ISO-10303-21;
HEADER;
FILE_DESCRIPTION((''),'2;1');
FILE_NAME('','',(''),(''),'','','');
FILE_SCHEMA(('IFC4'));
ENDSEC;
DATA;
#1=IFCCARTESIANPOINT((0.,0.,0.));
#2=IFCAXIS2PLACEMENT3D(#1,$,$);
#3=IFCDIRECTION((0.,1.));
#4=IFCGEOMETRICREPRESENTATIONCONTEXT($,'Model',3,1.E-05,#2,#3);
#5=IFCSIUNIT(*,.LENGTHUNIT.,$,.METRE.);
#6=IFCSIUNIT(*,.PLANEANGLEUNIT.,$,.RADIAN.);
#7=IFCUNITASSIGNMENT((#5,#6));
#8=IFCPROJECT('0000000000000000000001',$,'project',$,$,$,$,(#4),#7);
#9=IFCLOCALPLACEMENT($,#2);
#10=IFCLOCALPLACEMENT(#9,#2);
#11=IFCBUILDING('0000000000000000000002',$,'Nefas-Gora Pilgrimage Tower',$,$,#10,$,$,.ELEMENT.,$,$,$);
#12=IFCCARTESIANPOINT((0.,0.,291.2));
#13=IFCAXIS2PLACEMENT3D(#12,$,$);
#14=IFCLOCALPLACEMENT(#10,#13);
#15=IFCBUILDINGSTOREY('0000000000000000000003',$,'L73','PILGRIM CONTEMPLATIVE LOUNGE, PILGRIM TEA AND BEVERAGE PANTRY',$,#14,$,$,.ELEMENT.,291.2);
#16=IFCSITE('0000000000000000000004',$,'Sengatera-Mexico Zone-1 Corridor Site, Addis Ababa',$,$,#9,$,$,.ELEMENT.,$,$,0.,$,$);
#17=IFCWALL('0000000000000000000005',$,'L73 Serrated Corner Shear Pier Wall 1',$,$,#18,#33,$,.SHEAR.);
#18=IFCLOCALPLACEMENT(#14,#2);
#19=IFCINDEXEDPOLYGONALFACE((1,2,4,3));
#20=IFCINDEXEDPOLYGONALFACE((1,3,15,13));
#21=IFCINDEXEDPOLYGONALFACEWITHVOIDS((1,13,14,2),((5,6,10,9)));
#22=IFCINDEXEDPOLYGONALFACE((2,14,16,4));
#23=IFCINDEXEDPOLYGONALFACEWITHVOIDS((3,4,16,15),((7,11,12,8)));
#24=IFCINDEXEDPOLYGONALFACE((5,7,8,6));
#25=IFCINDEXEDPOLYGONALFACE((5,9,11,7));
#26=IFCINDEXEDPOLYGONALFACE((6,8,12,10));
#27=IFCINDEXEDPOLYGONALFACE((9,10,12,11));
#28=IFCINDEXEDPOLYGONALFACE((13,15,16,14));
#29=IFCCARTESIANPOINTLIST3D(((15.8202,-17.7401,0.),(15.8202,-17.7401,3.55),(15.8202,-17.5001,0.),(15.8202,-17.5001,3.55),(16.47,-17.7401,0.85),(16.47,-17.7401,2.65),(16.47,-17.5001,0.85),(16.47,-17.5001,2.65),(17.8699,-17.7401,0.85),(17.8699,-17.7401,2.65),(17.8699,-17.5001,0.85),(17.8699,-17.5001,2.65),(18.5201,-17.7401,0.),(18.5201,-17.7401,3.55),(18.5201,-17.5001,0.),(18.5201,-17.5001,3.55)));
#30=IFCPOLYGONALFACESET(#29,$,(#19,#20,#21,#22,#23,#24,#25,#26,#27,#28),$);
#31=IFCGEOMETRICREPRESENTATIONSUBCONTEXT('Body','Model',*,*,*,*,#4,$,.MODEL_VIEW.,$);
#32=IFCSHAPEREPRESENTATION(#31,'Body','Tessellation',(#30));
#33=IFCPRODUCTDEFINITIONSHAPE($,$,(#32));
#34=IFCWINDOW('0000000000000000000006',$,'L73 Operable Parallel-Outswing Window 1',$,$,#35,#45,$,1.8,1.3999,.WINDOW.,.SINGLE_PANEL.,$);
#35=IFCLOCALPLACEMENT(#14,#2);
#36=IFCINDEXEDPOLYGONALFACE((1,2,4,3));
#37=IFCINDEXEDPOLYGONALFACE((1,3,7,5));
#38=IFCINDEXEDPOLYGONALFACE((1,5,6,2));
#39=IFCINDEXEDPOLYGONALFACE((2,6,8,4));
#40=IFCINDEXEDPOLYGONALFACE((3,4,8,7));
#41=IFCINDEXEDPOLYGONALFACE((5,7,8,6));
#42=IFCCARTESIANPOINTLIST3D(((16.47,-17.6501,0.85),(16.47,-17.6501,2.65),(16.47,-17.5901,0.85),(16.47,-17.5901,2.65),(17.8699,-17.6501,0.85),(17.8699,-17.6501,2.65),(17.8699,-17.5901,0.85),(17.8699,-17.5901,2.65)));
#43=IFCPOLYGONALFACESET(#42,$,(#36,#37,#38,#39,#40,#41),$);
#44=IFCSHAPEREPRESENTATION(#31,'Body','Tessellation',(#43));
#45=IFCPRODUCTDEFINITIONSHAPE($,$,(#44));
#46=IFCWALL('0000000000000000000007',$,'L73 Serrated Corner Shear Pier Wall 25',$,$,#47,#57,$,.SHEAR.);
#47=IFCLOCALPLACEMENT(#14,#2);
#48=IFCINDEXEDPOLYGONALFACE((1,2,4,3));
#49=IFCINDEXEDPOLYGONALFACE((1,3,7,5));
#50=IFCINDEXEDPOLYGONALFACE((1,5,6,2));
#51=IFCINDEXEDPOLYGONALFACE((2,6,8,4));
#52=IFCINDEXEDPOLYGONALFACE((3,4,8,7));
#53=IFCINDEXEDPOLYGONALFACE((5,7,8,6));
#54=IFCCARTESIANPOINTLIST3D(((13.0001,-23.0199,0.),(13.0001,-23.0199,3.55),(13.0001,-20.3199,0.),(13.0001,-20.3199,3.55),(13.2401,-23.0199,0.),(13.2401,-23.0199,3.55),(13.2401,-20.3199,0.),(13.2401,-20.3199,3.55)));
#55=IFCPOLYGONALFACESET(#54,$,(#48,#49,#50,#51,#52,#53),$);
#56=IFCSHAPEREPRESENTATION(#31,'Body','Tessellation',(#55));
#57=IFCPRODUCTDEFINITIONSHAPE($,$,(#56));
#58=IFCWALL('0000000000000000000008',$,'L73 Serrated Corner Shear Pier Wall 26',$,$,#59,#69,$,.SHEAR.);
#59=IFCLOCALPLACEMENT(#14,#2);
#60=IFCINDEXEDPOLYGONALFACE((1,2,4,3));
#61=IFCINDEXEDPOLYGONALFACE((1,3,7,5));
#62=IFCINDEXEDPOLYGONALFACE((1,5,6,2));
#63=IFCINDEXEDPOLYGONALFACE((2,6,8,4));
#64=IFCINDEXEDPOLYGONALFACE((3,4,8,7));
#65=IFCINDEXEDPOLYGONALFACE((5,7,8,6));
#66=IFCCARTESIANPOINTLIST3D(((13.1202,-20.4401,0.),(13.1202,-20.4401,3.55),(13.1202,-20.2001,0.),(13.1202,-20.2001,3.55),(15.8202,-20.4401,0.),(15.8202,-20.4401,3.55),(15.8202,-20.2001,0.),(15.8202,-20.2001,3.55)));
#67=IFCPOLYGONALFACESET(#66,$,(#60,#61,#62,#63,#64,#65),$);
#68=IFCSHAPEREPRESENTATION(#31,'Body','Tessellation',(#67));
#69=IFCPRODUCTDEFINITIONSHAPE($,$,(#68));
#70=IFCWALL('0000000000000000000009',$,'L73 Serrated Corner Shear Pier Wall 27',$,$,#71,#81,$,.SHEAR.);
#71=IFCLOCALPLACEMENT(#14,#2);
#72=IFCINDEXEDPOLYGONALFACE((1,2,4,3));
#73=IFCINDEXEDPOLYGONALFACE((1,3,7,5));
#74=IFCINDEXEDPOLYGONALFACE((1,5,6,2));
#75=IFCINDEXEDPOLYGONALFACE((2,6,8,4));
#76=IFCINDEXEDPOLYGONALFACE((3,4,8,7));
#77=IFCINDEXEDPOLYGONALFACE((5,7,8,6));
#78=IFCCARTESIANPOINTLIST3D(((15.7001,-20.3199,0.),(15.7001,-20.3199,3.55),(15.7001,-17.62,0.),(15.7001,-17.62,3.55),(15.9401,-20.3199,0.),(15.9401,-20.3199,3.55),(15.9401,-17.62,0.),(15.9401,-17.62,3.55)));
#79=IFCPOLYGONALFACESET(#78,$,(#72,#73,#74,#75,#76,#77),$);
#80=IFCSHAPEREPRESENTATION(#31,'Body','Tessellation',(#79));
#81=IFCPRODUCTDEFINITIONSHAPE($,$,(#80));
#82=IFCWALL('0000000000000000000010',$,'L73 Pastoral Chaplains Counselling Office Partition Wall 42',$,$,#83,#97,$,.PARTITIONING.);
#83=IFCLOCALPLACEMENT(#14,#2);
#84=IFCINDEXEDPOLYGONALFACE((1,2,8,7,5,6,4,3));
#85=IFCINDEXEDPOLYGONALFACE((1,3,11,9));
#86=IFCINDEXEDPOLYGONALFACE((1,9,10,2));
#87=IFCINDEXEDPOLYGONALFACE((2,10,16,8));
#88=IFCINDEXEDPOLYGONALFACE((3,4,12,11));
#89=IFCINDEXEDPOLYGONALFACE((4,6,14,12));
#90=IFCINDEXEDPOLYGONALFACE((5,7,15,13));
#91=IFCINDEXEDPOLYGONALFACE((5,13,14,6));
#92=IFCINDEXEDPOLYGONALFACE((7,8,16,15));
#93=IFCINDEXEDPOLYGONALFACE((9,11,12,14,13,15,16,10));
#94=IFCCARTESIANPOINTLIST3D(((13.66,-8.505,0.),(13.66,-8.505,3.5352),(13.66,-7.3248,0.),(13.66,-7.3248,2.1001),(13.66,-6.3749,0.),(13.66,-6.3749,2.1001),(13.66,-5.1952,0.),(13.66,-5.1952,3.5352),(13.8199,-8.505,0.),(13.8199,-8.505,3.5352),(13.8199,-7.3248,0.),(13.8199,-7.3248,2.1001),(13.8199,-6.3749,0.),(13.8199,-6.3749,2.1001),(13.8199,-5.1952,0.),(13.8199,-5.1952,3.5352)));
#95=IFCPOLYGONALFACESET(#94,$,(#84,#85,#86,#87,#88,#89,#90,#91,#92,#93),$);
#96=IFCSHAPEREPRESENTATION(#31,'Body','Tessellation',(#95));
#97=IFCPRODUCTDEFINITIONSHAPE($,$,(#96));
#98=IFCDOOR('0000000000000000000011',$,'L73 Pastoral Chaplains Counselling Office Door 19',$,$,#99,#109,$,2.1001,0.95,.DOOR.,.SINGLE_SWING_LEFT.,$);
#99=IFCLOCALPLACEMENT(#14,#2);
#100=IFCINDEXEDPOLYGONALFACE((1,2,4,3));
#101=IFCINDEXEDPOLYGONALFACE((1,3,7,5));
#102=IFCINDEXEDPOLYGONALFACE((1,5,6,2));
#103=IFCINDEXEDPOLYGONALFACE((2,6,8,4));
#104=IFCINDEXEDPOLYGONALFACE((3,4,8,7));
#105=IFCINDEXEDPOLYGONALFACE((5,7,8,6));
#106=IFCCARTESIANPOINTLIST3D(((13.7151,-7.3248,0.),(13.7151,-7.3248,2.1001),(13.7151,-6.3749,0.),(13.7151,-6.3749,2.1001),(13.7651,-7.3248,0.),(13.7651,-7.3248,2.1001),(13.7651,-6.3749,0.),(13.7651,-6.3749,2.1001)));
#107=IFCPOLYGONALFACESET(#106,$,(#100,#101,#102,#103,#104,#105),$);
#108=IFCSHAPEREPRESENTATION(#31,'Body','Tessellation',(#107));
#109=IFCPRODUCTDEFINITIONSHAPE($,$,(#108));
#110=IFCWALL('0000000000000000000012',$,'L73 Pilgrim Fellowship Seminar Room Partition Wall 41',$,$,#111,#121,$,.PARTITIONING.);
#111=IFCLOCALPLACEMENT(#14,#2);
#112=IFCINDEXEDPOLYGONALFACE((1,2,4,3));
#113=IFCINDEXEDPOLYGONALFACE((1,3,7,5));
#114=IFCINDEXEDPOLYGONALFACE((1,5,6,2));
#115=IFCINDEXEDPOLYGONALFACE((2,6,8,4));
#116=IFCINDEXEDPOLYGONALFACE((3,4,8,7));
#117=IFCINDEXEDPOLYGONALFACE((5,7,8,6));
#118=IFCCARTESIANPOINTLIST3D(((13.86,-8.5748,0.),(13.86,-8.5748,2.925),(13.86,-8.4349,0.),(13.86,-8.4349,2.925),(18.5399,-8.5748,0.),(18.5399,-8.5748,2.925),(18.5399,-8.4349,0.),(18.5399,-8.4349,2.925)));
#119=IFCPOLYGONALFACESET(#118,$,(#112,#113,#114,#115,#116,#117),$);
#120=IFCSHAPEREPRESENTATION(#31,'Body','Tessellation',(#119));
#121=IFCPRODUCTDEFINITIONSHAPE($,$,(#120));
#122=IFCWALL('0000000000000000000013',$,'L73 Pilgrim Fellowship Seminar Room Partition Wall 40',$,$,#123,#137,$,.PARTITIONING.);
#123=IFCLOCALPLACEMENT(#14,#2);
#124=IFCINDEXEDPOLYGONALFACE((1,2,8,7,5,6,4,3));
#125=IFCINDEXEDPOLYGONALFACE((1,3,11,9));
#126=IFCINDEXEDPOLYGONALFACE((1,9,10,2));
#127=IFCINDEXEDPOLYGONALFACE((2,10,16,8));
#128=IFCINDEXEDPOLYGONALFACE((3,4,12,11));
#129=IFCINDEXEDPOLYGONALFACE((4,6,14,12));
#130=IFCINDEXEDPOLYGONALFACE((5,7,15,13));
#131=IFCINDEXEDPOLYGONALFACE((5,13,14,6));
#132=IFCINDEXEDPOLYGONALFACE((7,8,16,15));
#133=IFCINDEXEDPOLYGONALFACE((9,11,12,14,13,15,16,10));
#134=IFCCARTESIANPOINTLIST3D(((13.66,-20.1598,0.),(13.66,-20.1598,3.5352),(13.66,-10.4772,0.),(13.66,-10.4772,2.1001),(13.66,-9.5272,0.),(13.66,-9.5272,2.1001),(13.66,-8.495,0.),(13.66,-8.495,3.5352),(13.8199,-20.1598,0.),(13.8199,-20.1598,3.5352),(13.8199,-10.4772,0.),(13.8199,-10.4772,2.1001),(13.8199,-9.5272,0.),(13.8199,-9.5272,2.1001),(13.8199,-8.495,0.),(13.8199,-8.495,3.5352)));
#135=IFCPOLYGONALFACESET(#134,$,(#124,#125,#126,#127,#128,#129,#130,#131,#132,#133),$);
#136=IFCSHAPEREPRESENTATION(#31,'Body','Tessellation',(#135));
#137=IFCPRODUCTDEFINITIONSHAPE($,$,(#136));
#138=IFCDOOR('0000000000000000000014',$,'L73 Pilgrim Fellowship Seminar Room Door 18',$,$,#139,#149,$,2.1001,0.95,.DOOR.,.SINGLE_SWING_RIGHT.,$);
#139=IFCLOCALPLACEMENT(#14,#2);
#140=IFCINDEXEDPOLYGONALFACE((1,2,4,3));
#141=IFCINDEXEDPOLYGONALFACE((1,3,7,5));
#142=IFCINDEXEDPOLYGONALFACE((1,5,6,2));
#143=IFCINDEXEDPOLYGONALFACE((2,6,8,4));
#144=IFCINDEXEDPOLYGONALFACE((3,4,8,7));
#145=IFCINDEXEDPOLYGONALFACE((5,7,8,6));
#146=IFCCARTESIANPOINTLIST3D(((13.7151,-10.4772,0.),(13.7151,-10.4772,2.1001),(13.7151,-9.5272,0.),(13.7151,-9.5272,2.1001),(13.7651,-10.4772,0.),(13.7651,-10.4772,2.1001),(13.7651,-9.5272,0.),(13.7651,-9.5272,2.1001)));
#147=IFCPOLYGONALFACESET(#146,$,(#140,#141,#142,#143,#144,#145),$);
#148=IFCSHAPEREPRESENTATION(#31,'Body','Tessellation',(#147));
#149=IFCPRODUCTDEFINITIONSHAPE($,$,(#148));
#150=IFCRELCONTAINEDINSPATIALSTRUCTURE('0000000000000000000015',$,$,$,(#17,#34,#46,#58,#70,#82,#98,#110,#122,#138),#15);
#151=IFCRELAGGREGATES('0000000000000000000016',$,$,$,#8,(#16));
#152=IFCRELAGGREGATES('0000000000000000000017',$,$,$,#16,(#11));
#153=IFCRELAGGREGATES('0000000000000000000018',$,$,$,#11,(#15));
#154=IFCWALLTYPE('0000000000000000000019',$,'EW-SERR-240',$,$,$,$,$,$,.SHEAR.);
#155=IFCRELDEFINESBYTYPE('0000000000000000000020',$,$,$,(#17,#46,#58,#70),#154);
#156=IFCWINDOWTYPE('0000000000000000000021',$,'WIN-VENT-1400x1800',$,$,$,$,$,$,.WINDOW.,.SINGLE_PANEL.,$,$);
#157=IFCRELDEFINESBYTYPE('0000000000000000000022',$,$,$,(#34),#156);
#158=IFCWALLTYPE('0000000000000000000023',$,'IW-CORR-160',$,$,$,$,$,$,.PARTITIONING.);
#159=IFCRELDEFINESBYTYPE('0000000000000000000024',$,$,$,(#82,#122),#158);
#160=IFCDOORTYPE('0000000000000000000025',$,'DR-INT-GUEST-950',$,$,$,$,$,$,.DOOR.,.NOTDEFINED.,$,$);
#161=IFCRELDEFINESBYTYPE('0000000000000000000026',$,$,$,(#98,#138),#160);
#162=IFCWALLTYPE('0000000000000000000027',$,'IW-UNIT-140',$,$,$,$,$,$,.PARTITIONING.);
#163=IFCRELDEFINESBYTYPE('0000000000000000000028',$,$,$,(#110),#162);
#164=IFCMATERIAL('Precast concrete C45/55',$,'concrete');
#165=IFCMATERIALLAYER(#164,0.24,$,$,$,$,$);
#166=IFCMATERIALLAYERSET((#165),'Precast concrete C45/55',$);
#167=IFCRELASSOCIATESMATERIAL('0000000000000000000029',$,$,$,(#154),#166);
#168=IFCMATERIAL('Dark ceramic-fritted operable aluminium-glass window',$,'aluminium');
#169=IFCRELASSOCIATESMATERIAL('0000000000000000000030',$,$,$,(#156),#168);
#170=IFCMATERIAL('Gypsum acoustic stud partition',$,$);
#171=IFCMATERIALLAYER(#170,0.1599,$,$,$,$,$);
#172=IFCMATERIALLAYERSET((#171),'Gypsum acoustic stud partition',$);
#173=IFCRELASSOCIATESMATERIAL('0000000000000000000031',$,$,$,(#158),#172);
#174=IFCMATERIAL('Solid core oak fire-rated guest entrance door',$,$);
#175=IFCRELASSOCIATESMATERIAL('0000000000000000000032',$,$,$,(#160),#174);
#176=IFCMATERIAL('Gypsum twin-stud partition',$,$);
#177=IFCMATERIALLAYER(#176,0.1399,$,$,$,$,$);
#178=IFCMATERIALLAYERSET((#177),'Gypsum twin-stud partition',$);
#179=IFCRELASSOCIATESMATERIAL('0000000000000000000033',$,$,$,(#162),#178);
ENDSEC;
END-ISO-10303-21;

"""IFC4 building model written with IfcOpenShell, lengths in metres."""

from ifc_helpers import new_model, si_unit, direction, frame, frame_2d, origin, place, context, subcontext, project, spatial, rectangle, extrude, source, transform, mapped, material, layer, layer_set, type_object, element, fill, save


model = new_model("IFC4")

# Units and contexts
model_context = context("Model", 3, precision=1e-05, world=origin(), true_north=direction((0.0, 1.0)))
body_context = subcontext(model_context, "Body", "Model", "MODEL_VIEW")
ifc_project = project(units=[si_unit("LENGTHUNIT", "METRE"), si_unit("PLANEANGLEUNIT", "RADIAN")], contexts=[model_context])

# Site, building, storey
site_placement = place(None, origin())
site = spatial("IfcSite", under=ifc_project, at=site_placement, Name="Sengatera-Mexico Zone-1 Corridor Site, Addis Ababa", CompositionType="ELEMENT", RefElevation=0.0)
building_placement = place(site_placement, origin())
building = spatial("IfcBuilding", under=site, at=building_placement, Name="Nefas-Gora Pilgrimage Tower", CompositionType="ELEMENT")
storey_placement = place(building_placement, frame((0.0, 0.0, 291.2)))
storey = spatial("IfcBuildingStorey", under=building, at=storey_placement, Name="L73", Description="PILGRIM CONTEMPLATIVE LOUNGE, PILGRIM TEA AND BEVERAGE PANTRY", CompositionType="ELEMENT", Elevation=291.2)

# Wall, opening, window
ifc_material_1 = material(Name="Precast concrete C45/55", Category="concrete")
ifc_layer_1 = layer(ifc_material_1, 0.24)
ifc_layer_set_1 = layer_set([ifc_layer_1], Name="Precast concrete C45/55")
wall_type_1 = type_object("IfcWallType", Name="EW-SERR-240", PredefinedType="SHEAR", material=ifc_layer_set_1)
shared_shape_1 = source(origin(), body_context, "Body", "SweptSolid", [
    extrude(rectangle(XDim=2.7, YDim=0.24, at=frame_2d((1.3501, 0.0))), origin(), (0.0, 0.0, 1.0), 3.55),
])
wall_1_placement = place(storey_placement, frame((15.8201, -17.6201, 0.0), z_axis=(0.0, 0.0, 1.0), x_axis=(1.0, 0.0, 0.0)))
wall_1 = element("IfcWall", 1, at=wall_1_placement, inside=storey, type_object=wall_type_1, Name="L73 Serrated Corner Shear Pier Wall 1", PredefinedType="SHEAR", context=body_context, shape_type="MappedRepresentation", body=[
    mapped(shared_shape_1, transform((0.0, 0.0, 0.0), x_axis=(1.0, 0.0, 0.0), y_axis=(0.0, 1.0, 0.0), z_axis=(0.0, 0.0, 1.0), scale=1.0)),
])
opening_1_placement = place(wall_1_placement, frame((0.6499, 0.0, 0.8501)))
opening_1 = element("IfcOpeningElement", 2, at=opening_1_placement, cuts=wall_1, PredefinedType="OPENING", context=body_context, shape_type="SweptSolid", body=[
    extrude(rectangle(XDim=1.3999, YDim=1.8, at=frame_2d((0.7, 0.8999))), frame((0.0, 0.1299, 0.0), z_axis=(0.0, -1.0, 0.0), x_axis=(1.0, 0.0, 0.0)), (0.0, 0.0, 1.0), 0.26),
])
ifc_material_2 = material(Name="Dark ceramic-fritted operable aluminium-glass window", Category="aluminium")
window_type = type_object("IfcWindowType", Name="WIN-VENT-1400x1800", PartitioningType="SINGLE_PANEL", PredefinedType="WINDOW", material=ifc_material_2)
shared_shape_2 = source(origin(), body_context, "Body", "SweptSolid", [
    extrude(rectangle(XDim=1.3999, YDim=1.8, at=frame_2d((0.7, 0.8999))), frame((0.0, 0.03, 0.0), z_axis=(0.0, -1.0, 0.0), x_axis=(1.0, 0.0, 0.0)), (0.0, 0.0, 1.0), 0.0601),
])
window_placement = place(opening_1_placement, origin())
window = element("IfcWindow", 3, at=window_placement, inside=storey, type_object=window_type, Name="L73 Operable Parallel-Outswing Window 1", OverallHeight=1.8, OverallWidth=1.3999, PartitioningType="SINGLE_PANEL", PredefinedType="WINDOW", context=body_context, shape_type="MappedRepresentation", body=[
    mapped(shared_shape_2, transform((0.0, 0.0, 0.0), x_axis=(1.0, 0.0, 0.0), y_axis=(0.0, 1.0, 0.0), z_axis=(0.0, 0.0, 1.0), scale=1.0)),
])
fill(opening_1, window)

# Walls
for number, where, z_axis, x_axis, name in (
    (4, (13.1201, -23.02, 0.0), (0.0, 0.0, 1.0), (0.0, 1.0, 0.0), "L73 Serrated Corner Shear Pier Wall 25"),
    (5, (13.1201, -20.3201, 0.0), (0.0, 0.0, 1.0), (1.0, 0.0, 0.0), "L73 Serrated Corner Shear Pier Wall 26"),
    (6, (15.8201, -20.3201, 0.0), (0.0, 0.0, 1.0), (0.0, 1.0, 0.0), "L73 Serrated Corner Shear Pier Wall 27"),
):
    element("IfcWall", number, at=place(storey_placement, frame(where, z_axis=z_axis, x_axis=x_axis)), inside=storey, type_object=wall_type_1, Name=name, PredefinedType="SHEAR", context=body_context, shape_type="MappedRepresentation", body=[
        mapped(shared_shape_1, transform((0.0, 0.0, 0.0), x_axis=(1.0, 0.0, 0.0), y_axis=(0.0, 1.0, 0.0), z_axis=(0.0, 0.0, 1.0), scale=1.0)),
    ])

# Wall, opening, door
ifc_material_3 = material(Name="Gypsum acoustic stud partition")
ifc_layer_2 = layer(ifc_material_3, 0.1599)
ifc_layer_set_2 = layer_set([ifc_layer_2], Name="Gypsum acoustic stud partition")
wall_type_2 = type_object("IfcWallType", Name="IW-CORR-160", PredefinedType="PARTITIONING", material=ifc_layer_set_2)
shared_shape_3 = source(origin(), body_context, "Body", "SweptSolid", [
    extrude(rectangle(XDim=3.3098, YDim=0.1599, at=frame_2d((1.6548, 0.0))), origin(), (0.0, 0.0, 1.0), 3.5352),
])
wall_2_placement = place(storey_placement, frame((13.74, -8.5049, 0.0), z_axis=(0.0, 0.0, 1.0), x_axis=(0.0, 1.0, 0.0)))
wall_2 = element("IfcWall", 7, at=wall_2_placement, inside=storey, type_object=wall_type_2, Name="L73 Pastoral Chaplains Counselling Office Partition Wall 42", PredefinedType="PARTITIONING", context=body_context, shape_type="MappedRepresentation", body=[
    mapped(shared_shape_3, transform((0.0, 0.0, 0.0), x_axis=(1.0, 0.0, 0.0), y_axis=(0.0, 1.0, 0.0), z_axis=(0.0, 0.0, 1.0), scale=1.0)),
])
opening_2_placement = place(wall_2_placement, frame((1.1799, 0.0, 0.0)))
opening_2 = element("IfcOpeningElement", 8, at=opening_2_placement, cuts=wall_2, PredefinedType="OPENING", context=body_context, shape_type="SweptSolid", body=[
    extrude(rectangle(XDim=0.95, YDim=2.1001, at=frame_2d((0.4751, 1.05))), frame((0.0, 0.0898, 0.0), z_axis=(0.0, -1.0, 0.0), x_axis=(1.0, 0.0, 0.0)), (0.0, 0.0, 1.0), 0.1799),
])
ifc_material_4 = material(Name="Solid core oak fire-rated guest entrance door")
door_type = type_object("IfcDoorType", Name="DR-INT-GUEST-950", OperationType="NOTDEFINED", PredefinedType="DOOR", material=ifc_material_4)
shared_shape_4 = source(origin(), body_context, "Body", "SweptSolid", [
    extrude(rectangle(XDim=0.95, YDim=2.1001, at=frame_2d((0.4751, 1.05))), frame((0.0, 0.0249, 0.0), z_axis=(0.0, -1.0, 0.0), x_axis=(1.0, 0.0, 0.0)), (0.0, 0.0, 1.0), 0.05),
])
door_1_placement = place(opening_2_placement, origin())
door_1 = element("IfcDoor", 9, at=door_1_placement, inside=storey, type_object=door_type, Name="L73 Pastoral Chaplains Counselling Office Door 19", OperationType="SINGLE_SWING_LEFT", OverallHeight=2.1001, OverallWidth=0.95, PredefinedType="DOOR", context=body_context, shape_type="MappedRepresentation", body=[
    mapped(shared_shape_4, transform((0.0, 0.0, 0.0), x_axis=(1.0, 0.0, 0.0), y_axis=(0.0, 1.0, 0.0), z_axis=(0.0, 0.0, 1.0), scale=1.0)),
])
fill(opening_2, door_1)

# Wall
ifc_material_5 = material(Name="Gypsum twin-stud partition")
ifc_layer_3 = layer(ifc_material_5, 0.1399)
ifc_layer_set_3 = layer_set([ifc_layer_3], Name="Gypsum twin-stud partition")
wall_type_3 = type_object("IfcWallType", Name="IW-UNIT-140", PredefinedType="PARTITIONING", material=ifc_layer_set_3)
shared_shape_5 = source(origin(), body_context, "Body", "SweptSolid", [
    extrude(rectangle(XDim=4.6799, YDim=0.1399, at=frame_2d((2.3398, 0.0))), origin(), (0.0, 0.0, 1.0), 2.925),
])
wall_3_placement = place(storey_placement, frame((13.8601, -8.5049, 0.0), z_axis=(0.0, 0.0, 1.0), x_axis=(1.0, 0.0, 0.0)))
element("IfcWall", 10, at=wall_3_placement, inside=storey, type_object=wall_type_3, Name="L73 Pilgrim Fellowship Seminar Room Partition Wall 41", PredefinedType="PARTITIONING", context=body_context, shape_type="MappedRepresentation", body=[
    mapped(shared_shape_5, transform((0.0, 0.0, 0.0), x_axis=(1.0, 0.0, 0.0), y_axis=(0.0, 1.0, 0.0), z_axis=(0.0, 0.0, 1.0), scale=1.0)),
])

# Wall, opening, door
shared_shape_6 = source(origin(), body_context, "Body", "SweptSolid", [
    extrude(rectangle(XDim=11.6648, YDim=0.1599, at=frame_2d((5.8325, 0.0))), origin(), (0.0, 0.0, 1.0), 3.5352),
])
wall_4_placement = place(storey_placement, frame((13.74, -20.1599, 0.0), z_axis=(0.0, 0.0, 1.0), x_axis=(0.0, 1.0, 0.0)))
wall_4 = element("IfcWall", 11, at=wall_4_placement, inside=storey, type_object=wall_type_2, Name="L73 Pilgrim Fellowship Seminar Room Partition Wall 40", PredefinedType="PARTITIONING", context=body_context, shape_type="MappedRepresentation", body=[
    mapped(shared_shape_6, transform((0.0, 0.0, 0.0), x_axis=(1.0, 0.0, 0.0), y_axis=(0.0, 1.0, 0.0), z_axis=(0.0, 0.0, 1.0), scale=1.0)),
])
opening_3_placement = place(wall_4_placement, frame((9.6826, 0.0, 0.0)))
opening_3 = element("IfcOpeningElement", 12, at=opening_3_placement, cuts=wall_4, PredefinedType="OPENING", context=body_context, shape_type="SweptSolid", body=[
    extrude(rectangle(XDim=0.95, YDim=2.1001, at=frame_2d((0.4751, 1.05))), frame((0.0, 0.0898, 0.0), z_axis=(0.0, -1.0, 0.0), x_axis=(1.0, 0.0, 0.0)), (0.0, 0.0, 1.0), 0.1799),
])
door_2_placement = place(opening_3_placement, origin())
door_2 = element("IfcDoor", 13, at=door_2_placement, inside=storey, type_object=door_type, Name="L73 Pilgrim Fellowship Seminar Room Door 18", OperationType="SINGLE_SWING_RIGHT", OverallHeight=2.1001, OverallWidth=0.95, PredefinedType="DOOR", context=body_context, shape_type="MappedRepresentation", body=[
    mapped(shared_shape_4, transform((0.0, 0.0, 0.0), x_axis=(1.0, 0.0, 0.0), y_axis=(0.0, 1.0, 0.0), z_axis=(0.0, 0.0, 1.0), scale=1.0)),
])
fill(opening_3, door_2)

save(model, "model.ifc")
